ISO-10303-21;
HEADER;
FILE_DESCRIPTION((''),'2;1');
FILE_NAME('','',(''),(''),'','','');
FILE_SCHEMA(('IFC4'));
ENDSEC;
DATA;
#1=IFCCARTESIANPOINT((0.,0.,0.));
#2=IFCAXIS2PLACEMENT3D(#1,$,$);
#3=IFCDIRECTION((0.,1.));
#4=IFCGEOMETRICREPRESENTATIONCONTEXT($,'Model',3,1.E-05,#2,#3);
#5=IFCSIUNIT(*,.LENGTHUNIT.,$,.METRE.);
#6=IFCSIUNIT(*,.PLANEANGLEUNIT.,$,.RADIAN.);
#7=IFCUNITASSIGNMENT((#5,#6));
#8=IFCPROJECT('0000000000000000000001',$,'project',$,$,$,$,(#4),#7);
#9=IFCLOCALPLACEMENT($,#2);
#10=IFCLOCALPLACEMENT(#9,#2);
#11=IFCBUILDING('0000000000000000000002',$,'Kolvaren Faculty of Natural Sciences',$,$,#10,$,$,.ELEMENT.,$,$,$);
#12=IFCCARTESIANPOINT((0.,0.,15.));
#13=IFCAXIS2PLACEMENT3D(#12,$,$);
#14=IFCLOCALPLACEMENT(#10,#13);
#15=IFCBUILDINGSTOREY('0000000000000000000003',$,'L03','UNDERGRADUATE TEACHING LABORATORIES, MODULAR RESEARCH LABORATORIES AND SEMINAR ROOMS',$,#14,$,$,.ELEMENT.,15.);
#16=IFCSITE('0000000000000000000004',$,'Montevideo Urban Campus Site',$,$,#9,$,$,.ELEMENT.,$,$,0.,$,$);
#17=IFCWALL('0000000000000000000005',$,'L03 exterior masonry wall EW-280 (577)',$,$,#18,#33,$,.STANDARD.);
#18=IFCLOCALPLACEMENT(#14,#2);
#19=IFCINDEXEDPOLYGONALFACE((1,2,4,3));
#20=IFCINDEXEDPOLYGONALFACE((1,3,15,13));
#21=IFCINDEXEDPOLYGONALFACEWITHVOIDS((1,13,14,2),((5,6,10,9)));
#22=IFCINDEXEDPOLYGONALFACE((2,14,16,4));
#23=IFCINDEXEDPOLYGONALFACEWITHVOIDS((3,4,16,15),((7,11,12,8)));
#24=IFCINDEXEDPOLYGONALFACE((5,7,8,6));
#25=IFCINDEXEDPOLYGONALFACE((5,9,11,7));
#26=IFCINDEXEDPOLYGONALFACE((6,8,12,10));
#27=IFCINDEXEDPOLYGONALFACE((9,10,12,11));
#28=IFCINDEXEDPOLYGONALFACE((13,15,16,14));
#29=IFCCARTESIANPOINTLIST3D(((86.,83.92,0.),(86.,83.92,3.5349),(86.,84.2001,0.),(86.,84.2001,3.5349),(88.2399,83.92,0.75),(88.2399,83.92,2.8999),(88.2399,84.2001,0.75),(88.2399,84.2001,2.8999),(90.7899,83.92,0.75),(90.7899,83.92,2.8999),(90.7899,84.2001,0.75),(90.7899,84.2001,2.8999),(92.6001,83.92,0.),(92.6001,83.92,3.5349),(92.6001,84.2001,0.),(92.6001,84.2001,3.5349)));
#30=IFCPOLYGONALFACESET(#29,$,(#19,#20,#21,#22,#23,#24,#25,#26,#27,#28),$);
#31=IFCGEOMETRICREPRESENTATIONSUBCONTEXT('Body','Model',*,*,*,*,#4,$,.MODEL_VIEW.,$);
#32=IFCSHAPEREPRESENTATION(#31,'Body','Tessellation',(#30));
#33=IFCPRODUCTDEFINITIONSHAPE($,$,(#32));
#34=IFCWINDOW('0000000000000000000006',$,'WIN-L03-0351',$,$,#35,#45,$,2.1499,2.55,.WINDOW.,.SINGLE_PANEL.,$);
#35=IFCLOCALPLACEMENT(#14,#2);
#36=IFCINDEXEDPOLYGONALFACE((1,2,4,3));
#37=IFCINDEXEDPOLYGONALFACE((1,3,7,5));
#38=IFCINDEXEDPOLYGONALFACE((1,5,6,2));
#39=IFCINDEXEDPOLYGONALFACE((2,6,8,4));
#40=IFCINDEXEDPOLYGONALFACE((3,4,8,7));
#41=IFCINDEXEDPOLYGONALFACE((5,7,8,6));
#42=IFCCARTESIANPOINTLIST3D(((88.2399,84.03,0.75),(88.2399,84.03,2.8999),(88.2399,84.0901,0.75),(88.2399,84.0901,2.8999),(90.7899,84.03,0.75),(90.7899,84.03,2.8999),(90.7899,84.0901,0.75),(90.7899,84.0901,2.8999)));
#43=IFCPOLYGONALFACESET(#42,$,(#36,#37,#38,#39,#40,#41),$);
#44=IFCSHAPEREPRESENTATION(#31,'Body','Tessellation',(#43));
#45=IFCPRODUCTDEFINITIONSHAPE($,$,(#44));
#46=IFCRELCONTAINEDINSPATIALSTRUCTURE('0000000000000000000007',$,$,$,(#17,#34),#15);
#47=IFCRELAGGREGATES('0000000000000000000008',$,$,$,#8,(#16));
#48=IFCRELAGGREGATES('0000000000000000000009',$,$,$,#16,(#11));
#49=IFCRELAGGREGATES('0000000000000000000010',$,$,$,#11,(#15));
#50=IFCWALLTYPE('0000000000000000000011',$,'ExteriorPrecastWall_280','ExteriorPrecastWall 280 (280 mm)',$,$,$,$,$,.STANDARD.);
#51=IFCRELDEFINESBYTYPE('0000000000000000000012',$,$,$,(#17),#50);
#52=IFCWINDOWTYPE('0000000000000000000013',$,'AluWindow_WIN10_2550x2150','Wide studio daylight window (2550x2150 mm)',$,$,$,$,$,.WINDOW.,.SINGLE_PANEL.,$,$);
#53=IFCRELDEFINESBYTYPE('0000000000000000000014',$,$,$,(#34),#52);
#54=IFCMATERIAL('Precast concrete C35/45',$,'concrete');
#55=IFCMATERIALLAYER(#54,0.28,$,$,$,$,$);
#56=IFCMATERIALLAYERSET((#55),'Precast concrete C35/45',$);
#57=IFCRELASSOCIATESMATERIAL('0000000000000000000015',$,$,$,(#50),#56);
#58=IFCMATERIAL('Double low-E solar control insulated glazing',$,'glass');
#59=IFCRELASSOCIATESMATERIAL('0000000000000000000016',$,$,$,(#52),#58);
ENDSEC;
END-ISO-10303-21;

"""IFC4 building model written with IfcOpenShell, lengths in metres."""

from ifc_helpers import new_model, si_unit, direction, frame, frame_2d, origin, place, context, subcontext, project, spatial, rectangle, extrude, material, layer, layer_set, type_object, element, fill, save


model = new_model("IFC4")

# Units and contexts
model_context = context("Model", 3, precision=1e-05, world=origin(), true_north=direction((0.0, 1.0)))
body_context = subcontext(model_context, "Body", "Model", "MODEL_VIEW")
ifc_project = project(units=[si_unit("LENGTHUNIT", "METRE"), si_unit("PLANEANGLEUNIT", "RADIAN")], contexts=[model_context])

# Site, building, storey
site_placement = place(None, origin())
site = spatial("IfcSite", under=ifc_project, at=site_placement, Name="Montevideo Urban Campus Site", CompositionType="ELEMENT", RefElevation=0.0)
building_placement = place(site_placement, origin())
building = spatial("IfcBuilding", under=site, at=building_placement, Name="Kolvaren Faculty of Natural Sciences", CompositionType="ELEMENT")
storey_placement = place(building_placement, frame((0.0, 0.0, 15.0)))
storey = spatial("IfcBuildingStorey", under=building, at=storey_placement, Name="L03", Description="UNDERGRADUATE TEACHING LABORATORIES, MODULAR RESEARCH LABORATORIES AND SEMINAR ROOMS", CompositionType="ELEMENT", Elevation=15.0)

# Shared definitions
ifc_material_1 = material(Name="Precast concrete C35/45", Category="concrete")
ifc_layer = layer(ifc_material_1, 0.28)
ifc_layer_set = layer_set([ifc_layer], Name="Precast concrete C35/45")
wall_type = type_object("IfcWallType", Name="ExteriorPrecastWall_280", Description="ExteriorPrecastWall 280 (280 mm)", PredefinedType="STANDARD", material=ifc_layer_set)
ifc_material_2 = material(Name="Double low-E solar control insulated glazing", Category="glass")

# Wall, opening, window
wall_1_placement = place(storey_placement, frame((86.0, 84.0601, 0.0), z_axis=(0.0, 0.0, 1.0), x_axis=(1.0, 0.0, 0.0)))
wall_1 = element("IfcWall", 1, at=wall_1_placement, inside=storey, type_object=wall_type, Name="L03 exterior masonry wall EW-280 (577)", PredefinedType="STANDARD", context=body_context, shape_type="SweptSolid", body=[
    extrude(rectangle(XDim=6.6001, YDim=0.28, at=frame_2d((3.3, 0.0))), origin(), (0.0, 0.0, 1.0), 3.5349),
])
opening_1_placement = place(wall_1_placement, frame((2.24, 0.0, 0.75)))
opening_1 = element("IfcOpeningElement", 2, at=opening_1_placement, cuts=wall_1, PredefinedType="OPENING", context=body_context, shape_type="SweptSolid", body=[
    extrude(rectangle(XDim=2.55, YDim=2.1499, at=frame_2d((1.2749, 1.075))), frame((0.0, 0.1499, 0.0), z_axis=(0.0, -1.0, 0.0), x_axis=(1.0, 0.0, 0.0)), (0.0, 0.0, 1.0), 0.3),
])
window_type_1 = type_object("IfcWindowType", Name="AluWindow_WIN10_2550x2150", Description="Wide studio daylight window (2550x2150 mm)", PartitioningType="SINGLE_PANEL", PredefinedType="WINDOW", material=ifc_material_2)
window_1_placement = place(opening_1_placement, origin())
window_1 = element("IfcWindow", 3, at=window_1_placement, inside=storey, type_object=window_type_1, Name="WIN-L03-0351", OverallHeight=2.1499, OverallWidth=2.55, PartitioningType="SINGLE_PANEL", PredefinedType="WINDOW", context=body_context, shape_type="SweptSolid", body=[
    extrude(rectangle(XDim=2.55, YDim=2.1499, at=frame_2d((1.2749, 1.075))), frame((0.0, 0.03, 0.0), z_axis=(0.0, -1.0, 0.0), x_axis=(1.0, 0.0, 0.0)), (0.0, 0.0, 1.0), 0.0601),
])
fill(opening_1, window_1)

save(model, "model.ifc")
